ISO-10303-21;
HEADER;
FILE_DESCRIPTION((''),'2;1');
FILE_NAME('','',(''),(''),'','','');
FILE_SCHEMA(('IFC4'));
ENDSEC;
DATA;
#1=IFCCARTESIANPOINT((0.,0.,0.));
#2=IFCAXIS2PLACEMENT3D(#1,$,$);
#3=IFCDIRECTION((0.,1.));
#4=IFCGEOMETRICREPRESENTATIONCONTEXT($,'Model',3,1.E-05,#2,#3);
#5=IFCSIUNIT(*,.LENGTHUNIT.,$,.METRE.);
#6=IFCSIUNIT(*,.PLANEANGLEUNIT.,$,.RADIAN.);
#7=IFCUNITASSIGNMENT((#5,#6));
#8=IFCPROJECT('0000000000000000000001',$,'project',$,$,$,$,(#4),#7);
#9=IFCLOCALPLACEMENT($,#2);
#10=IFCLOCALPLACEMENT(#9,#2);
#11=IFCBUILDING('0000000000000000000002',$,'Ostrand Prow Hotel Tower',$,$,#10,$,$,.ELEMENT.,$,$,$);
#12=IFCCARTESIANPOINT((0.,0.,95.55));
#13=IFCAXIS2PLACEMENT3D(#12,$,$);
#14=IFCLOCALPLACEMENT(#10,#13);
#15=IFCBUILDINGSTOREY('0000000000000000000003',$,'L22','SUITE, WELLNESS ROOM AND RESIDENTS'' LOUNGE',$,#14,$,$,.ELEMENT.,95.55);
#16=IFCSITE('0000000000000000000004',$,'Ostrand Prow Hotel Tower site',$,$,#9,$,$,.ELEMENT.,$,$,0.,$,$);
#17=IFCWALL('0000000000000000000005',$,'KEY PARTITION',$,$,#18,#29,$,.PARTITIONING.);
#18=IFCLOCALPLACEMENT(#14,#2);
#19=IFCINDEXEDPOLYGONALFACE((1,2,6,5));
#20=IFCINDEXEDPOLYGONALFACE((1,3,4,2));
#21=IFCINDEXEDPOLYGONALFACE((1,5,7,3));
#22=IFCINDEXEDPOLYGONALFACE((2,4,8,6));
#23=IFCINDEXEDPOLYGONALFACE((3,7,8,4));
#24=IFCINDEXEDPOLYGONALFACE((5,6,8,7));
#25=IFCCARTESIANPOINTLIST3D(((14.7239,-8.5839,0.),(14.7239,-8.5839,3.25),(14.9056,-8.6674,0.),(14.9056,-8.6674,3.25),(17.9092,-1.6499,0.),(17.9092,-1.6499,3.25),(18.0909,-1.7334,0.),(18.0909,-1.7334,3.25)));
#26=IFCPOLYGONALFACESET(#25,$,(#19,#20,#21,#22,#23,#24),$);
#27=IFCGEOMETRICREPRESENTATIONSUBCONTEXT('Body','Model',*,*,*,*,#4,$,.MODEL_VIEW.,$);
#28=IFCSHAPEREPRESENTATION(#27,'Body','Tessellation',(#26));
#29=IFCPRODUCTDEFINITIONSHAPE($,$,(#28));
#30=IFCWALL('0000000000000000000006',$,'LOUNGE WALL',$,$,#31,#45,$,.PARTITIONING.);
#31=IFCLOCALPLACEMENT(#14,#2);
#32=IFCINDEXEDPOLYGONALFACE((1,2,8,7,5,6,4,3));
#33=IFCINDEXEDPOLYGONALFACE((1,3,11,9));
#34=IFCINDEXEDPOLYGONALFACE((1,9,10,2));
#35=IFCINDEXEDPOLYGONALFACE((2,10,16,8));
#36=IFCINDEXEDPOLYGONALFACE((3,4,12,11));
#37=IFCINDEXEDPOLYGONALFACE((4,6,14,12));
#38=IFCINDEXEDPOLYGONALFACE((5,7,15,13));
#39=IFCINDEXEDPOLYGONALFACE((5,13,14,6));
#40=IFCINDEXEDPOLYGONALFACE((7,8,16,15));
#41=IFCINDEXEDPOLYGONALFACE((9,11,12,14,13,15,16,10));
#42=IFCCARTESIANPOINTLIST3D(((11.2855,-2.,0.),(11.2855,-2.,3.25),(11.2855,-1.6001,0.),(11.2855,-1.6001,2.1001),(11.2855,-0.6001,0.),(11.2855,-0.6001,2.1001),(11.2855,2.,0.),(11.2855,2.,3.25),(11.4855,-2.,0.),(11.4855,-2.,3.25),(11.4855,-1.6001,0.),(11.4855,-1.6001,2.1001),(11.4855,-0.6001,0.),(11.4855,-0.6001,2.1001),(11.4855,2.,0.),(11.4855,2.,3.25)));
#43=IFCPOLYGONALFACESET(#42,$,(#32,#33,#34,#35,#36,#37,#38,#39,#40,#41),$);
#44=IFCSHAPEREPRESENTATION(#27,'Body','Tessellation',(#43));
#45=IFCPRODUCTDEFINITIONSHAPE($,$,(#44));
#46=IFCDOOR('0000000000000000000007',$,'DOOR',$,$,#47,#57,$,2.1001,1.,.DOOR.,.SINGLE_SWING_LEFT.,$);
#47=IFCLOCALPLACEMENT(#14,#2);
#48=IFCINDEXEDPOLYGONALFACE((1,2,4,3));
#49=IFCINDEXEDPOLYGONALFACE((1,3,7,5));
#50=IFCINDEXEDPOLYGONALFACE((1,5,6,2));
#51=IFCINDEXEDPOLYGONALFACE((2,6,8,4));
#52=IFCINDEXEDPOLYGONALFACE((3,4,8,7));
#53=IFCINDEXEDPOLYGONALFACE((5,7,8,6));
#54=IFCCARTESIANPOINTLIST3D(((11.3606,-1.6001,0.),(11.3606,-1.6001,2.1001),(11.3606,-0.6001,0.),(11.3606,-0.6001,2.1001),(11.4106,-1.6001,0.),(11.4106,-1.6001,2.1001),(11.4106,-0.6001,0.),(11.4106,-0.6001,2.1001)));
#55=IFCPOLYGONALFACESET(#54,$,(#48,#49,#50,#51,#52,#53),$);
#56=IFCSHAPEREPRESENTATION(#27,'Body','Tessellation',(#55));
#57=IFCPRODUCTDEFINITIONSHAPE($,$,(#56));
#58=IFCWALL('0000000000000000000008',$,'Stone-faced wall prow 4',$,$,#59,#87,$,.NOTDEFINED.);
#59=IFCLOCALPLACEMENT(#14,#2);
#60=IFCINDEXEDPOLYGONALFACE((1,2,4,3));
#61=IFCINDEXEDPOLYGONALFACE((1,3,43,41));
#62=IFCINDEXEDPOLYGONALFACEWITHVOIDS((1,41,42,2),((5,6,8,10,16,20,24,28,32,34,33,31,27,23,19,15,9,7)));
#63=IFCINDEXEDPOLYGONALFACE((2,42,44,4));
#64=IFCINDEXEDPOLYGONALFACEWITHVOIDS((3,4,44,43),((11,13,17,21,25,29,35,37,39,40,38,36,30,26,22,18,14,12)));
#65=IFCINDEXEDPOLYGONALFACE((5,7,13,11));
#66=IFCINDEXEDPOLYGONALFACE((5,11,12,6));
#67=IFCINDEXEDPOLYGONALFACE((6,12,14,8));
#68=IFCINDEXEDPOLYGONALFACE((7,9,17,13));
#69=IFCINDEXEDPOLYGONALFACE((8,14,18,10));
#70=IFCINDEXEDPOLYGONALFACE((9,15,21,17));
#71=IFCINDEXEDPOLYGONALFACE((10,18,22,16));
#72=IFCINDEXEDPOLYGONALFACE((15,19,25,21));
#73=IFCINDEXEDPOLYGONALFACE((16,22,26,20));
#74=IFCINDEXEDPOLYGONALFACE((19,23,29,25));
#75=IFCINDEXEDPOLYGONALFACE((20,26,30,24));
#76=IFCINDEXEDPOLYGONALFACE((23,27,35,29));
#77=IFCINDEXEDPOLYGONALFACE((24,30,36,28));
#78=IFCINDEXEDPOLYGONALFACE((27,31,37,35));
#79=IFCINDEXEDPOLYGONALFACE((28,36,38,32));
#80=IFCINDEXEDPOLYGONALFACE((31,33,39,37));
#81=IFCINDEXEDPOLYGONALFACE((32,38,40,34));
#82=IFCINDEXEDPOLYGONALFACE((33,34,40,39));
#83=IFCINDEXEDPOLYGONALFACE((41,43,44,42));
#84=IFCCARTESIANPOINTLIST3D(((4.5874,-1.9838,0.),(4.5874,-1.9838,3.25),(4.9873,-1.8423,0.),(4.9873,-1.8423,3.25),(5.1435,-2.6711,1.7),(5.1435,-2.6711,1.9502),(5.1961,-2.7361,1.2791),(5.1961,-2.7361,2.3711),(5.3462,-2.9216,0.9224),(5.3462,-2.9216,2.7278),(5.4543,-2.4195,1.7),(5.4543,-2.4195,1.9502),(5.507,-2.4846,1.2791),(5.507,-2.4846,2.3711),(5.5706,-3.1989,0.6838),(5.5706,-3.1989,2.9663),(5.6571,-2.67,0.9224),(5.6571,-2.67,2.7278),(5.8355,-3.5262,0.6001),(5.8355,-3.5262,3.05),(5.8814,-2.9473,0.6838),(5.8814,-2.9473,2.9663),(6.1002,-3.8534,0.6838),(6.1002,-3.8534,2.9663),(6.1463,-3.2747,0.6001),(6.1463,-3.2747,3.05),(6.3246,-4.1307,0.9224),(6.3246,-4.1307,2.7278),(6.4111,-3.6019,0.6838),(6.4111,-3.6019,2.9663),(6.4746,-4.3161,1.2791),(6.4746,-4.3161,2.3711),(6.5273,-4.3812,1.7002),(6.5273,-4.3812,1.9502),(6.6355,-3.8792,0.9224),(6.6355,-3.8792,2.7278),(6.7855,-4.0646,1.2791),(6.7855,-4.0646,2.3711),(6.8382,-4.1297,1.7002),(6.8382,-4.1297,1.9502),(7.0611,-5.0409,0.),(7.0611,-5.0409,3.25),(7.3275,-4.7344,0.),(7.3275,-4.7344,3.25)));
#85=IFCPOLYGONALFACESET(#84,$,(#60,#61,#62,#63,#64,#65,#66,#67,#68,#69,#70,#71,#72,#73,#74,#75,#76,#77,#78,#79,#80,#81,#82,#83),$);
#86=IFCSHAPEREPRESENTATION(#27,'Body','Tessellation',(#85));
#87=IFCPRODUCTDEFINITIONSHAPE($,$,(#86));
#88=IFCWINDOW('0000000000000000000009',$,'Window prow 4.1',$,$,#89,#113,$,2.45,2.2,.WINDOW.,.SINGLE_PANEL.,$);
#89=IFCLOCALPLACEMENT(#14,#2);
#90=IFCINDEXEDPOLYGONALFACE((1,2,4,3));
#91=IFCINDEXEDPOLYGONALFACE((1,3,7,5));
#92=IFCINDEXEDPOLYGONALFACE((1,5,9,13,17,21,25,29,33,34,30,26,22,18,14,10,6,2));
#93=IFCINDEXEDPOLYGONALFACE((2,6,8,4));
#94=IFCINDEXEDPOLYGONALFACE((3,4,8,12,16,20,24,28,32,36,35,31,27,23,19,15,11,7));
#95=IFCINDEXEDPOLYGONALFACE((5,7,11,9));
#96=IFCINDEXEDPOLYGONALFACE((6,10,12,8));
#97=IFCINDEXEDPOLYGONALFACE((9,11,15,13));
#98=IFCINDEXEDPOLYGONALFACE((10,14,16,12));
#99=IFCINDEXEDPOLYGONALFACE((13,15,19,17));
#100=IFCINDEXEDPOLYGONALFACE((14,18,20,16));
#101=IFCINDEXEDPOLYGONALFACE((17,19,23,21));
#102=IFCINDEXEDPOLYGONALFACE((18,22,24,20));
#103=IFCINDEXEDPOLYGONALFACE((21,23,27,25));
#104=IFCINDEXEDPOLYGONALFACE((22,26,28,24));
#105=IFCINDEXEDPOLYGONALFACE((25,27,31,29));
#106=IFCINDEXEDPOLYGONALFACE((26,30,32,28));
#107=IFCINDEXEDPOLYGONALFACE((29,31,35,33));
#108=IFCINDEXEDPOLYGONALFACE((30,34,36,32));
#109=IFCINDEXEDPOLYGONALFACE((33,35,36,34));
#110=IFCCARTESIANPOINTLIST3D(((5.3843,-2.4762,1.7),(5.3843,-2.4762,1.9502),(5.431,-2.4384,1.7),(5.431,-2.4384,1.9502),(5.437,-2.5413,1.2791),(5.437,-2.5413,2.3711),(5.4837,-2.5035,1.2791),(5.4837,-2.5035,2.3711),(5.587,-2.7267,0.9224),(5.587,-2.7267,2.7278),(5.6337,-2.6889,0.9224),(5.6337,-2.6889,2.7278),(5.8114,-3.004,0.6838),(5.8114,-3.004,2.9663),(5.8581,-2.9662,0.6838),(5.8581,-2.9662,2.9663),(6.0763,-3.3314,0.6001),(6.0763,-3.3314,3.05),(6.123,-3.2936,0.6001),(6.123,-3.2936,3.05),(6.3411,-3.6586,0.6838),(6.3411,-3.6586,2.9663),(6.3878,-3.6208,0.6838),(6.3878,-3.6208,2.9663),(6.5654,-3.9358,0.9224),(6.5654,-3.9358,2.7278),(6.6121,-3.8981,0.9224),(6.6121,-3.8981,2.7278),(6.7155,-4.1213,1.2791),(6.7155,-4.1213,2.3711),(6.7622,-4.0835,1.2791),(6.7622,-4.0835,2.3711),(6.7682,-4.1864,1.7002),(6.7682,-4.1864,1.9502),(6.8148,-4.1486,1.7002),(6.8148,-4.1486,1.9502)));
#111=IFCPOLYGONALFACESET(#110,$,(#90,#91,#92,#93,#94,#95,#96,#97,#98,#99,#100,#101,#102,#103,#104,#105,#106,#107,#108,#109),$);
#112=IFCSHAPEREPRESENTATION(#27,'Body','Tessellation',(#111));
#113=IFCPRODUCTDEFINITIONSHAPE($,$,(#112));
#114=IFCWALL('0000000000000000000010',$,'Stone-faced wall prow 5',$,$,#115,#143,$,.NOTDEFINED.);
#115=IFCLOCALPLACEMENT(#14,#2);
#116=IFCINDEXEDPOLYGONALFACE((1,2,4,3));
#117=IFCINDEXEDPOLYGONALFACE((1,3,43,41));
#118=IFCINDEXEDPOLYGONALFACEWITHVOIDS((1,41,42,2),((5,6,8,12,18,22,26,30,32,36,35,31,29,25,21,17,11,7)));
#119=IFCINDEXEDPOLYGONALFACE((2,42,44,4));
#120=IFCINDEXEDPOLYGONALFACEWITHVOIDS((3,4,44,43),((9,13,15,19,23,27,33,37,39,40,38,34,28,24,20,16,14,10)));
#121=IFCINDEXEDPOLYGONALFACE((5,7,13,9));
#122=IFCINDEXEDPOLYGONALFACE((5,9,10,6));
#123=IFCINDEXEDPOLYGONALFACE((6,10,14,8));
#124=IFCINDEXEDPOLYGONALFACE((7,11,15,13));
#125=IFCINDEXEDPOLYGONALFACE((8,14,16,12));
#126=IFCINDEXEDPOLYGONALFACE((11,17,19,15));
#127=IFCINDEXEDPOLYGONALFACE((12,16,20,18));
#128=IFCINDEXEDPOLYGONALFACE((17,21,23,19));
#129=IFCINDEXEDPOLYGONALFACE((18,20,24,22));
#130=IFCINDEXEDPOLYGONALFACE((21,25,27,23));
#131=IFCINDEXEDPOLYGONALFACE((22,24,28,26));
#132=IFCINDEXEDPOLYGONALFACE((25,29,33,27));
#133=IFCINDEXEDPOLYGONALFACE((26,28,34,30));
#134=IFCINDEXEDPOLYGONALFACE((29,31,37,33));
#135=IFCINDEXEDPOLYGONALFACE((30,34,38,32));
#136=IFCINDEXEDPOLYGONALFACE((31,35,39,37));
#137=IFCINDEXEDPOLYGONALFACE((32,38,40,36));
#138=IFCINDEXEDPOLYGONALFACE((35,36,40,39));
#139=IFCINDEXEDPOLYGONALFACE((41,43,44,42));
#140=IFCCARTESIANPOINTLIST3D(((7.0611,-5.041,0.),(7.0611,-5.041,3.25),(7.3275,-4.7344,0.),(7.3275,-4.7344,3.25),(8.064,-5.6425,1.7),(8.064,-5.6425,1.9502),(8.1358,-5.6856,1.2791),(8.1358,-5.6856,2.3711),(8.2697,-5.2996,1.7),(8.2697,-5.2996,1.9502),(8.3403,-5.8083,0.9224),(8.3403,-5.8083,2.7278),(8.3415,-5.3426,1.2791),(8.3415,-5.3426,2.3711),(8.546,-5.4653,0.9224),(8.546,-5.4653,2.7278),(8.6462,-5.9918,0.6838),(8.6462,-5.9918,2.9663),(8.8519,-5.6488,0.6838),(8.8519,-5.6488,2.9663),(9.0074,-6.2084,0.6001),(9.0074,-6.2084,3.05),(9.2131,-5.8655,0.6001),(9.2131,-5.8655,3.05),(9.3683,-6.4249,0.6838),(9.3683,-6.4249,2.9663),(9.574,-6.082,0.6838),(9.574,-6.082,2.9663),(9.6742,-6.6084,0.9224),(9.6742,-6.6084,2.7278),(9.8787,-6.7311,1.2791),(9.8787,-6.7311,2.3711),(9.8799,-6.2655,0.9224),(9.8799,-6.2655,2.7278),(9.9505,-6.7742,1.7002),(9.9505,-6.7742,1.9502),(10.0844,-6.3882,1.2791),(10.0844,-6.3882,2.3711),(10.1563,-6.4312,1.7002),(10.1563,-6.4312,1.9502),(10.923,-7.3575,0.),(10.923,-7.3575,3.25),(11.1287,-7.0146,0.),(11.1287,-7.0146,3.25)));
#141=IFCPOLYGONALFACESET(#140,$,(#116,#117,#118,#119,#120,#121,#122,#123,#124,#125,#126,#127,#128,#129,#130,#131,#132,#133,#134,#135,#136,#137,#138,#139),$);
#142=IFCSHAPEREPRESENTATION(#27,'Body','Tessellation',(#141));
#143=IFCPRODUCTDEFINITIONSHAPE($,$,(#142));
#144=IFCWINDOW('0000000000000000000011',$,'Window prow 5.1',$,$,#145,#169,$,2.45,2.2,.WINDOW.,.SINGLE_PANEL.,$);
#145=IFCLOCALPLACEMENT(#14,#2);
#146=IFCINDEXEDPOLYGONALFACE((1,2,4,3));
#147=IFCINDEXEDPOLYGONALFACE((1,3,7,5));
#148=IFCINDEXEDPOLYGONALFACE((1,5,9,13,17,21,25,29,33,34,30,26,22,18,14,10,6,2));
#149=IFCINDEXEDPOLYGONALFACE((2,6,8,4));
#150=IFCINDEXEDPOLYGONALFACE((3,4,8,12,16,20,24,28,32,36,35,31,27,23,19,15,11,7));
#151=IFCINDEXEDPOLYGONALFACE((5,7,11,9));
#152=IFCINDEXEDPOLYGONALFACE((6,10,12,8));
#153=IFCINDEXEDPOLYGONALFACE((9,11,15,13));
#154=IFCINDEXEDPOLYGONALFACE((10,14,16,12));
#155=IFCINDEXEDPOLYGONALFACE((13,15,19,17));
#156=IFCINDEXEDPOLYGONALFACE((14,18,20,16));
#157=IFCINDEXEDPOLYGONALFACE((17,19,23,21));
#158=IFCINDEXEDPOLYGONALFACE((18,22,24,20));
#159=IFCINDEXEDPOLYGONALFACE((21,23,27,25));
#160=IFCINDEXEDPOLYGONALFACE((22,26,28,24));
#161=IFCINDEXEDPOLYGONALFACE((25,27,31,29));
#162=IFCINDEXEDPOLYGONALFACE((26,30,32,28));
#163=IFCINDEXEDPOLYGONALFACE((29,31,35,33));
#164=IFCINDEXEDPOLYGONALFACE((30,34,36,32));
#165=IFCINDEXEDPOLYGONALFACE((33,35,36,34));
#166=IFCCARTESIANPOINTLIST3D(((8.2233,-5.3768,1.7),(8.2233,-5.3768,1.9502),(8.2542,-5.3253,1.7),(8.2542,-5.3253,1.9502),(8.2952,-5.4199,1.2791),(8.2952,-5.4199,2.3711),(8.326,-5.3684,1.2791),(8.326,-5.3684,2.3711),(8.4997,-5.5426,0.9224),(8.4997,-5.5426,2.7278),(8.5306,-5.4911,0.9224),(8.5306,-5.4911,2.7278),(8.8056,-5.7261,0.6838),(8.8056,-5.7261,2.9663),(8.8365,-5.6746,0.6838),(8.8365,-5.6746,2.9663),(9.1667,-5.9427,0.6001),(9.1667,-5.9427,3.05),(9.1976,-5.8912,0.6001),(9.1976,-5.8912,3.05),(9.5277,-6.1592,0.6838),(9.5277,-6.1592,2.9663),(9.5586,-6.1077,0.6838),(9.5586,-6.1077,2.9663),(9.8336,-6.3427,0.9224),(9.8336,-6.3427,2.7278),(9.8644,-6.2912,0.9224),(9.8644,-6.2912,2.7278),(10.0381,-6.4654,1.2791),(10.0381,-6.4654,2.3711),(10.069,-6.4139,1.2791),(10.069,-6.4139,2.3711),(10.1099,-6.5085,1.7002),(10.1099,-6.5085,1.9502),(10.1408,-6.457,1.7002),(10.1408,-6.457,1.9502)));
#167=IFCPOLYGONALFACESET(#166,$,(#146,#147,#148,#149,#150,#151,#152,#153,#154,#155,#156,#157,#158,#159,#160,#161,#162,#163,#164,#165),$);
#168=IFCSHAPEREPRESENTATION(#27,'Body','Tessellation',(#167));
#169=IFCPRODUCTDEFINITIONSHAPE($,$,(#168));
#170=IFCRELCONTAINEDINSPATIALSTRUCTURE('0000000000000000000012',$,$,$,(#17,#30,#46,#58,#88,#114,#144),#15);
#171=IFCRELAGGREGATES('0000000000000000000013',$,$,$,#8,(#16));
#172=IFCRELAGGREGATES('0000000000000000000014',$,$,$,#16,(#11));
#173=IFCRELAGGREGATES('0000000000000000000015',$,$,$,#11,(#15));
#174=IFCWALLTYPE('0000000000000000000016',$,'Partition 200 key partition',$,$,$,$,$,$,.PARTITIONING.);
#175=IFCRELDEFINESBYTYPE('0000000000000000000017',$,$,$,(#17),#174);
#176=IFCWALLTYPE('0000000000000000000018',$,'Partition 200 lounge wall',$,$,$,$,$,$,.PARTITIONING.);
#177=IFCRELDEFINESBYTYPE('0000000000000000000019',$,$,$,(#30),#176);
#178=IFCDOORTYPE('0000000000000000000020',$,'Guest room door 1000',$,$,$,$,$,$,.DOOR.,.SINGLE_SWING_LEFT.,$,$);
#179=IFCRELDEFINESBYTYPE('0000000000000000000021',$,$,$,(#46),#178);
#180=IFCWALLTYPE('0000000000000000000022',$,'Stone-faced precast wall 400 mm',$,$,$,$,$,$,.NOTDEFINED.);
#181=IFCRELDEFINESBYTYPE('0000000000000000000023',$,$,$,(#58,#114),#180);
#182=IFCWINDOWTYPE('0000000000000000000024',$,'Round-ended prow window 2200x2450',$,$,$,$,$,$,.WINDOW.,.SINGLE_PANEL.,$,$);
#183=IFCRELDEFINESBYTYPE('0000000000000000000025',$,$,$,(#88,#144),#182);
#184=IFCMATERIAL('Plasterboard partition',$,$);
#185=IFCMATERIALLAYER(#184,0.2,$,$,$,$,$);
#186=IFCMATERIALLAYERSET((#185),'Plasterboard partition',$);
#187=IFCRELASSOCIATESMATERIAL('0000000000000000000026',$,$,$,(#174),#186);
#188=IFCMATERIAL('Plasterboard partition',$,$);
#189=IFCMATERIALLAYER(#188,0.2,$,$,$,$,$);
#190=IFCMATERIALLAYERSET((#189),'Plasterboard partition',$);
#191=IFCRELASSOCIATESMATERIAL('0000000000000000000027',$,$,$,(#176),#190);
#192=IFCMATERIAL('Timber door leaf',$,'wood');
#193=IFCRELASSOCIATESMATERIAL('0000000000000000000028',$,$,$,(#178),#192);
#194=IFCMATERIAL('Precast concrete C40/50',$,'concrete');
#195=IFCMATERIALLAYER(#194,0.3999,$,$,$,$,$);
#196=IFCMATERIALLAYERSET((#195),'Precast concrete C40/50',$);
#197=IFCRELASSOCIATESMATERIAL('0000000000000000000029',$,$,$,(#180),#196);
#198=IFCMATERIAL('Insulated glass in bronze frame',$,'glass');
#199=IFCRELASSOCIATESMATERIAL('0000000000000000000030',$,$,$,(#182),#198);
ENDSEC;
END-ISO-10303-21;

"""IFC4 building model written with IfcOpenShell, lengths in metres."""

from ifc_helpers import new_model, si_unit, direction, frame, frame_2d, origin, place, context, subcontext, project, spatial, polyline, rectangle, outline, extrude, material, layer, layer_set, type_object, element, fill, save


model = new_model("IFC4")

# Units and contexts
model_context = context("Model", 3, precision=1e-05, world=origin(), true_north=direction((0.0, 1.0)))
body_context = subcontext(model_context, "Body", "Model", "MODEL_VIEW")
ifc_project = project(units=[si_unit("LENGTHUNIT", "METRE"), si_unit("PLANEANGLEUNIT", "RADIAN")], contexts=[model_context])

# Site, building, storey
site_placement = place(None, origin())
site = spatial("IfcSite", under=ifc_project, at=site_placement, Name="Ostrand Prow Hotel Tower site", CompositionType="ELEMENT", RefElevation=0.0)
building_placement = place(site_placement, origin())
building = spatial("IfcBuilding", under=site, at=building_placement, Name="Ostrand Prow Hotel Tower", CompositionType="ELEMENT")
storey_placement = place(building_placement, frame((0.0, 0.0, 95.55)))
storey = spatial("IfcBuildingStorey", under=building, at=storey_placement, Name="L22", Description="SUITE, WELLNESS ROOM AND RESIDENTS' LOUNGE", CompositionType="ELEMENT", Elevation=95.55)

# Wall
ifc_material_1 = material(Name="Plasterboard partition")
ifc_layer_1 = layer(ifc_material_1, 0.2)
ifc_layer_set_1 = layer_set([ifc_layer_1], Name="Plasterboard partition")
wall_type_1 = type_object("IfcWallType", Name="Partition 200 key partition", PredefinedType="PARTITIONING", material=ifc_layer_set_1)
wall_1_placement = place(storey_placement, frame((14.8147, -8.6257, 0.0), z_axis=(0.0, 0.0, 1.0), x_axis=(0.417432, 0.908708, 0.0)))
element("IfcWall", 1, at=wall_1_placement, inside=storey, type_object=wall_type_1, Name="KEY PARTITION", PredefinedType="PARTITIONING", context=body_context, shape_type="SweptSolid", body=[
    extrude(rectangle(XDim=7.6306, YDim=0.2, at=frame_2d((3.8154, 0.0))), origin(), (0.0, 0.0, 1.0), 3.25),
])

# Wall, opening, door
ifc_material_2 = material(Name="Plasterboard partition")
ifc_layer_2 = layer(ifc_material_2, 0.2)
ifc_layer_set_2 = layer_set([ifc_layer_2], Name="Plasterboard partition")
wall_type_2 = type_object("IfcWallType", Name="Partition 200 lounge wall", PredefinedType="PARTITIONING", material=ifc_layer_set_2)
wall_2_placement = place(storey_placement, frame((11.3855, -2.0, 0.0), z_axis=(0.0, 0.0, 1.0), x_axis=(0.0, 1.0, 0.0)))
wall_2 = element("IfcWall", 2, at=wall_2_placement, inside=storey, type_object=wall_type_2, Name="LOUNGE WALL", PredefinedType="PARTITIONING", context=body_context, shape_type="SweptSolid", body=[
    extrude(rectangle(XDim=4.0, YDim=0.2, at=frame_2d((2.0, 0.0))), origin(), (0.0, 0.0, 1.0), 3.25),
])
opening_1_placement = place(wall_2_placement, frame((0.3999, 0.0, 0.0)))
opening_1 = element("IfcOpeningElement", 3, at=opening_1_placement, cuts=wall_2, PredefinedType="OPENING", context=body_context, shape_type="SweptSolid", body=[
    extrude(rectangle(XDim=1.0, YDim=2.1001, at=frame_2d((0.5, 1.05))), frame((0.0, 0.1099, 0.0), z_axis=(0.0, -1.0, 0.0), x_axis=(1.0, 0.0, 0.0)), (0.0, 0.0, 1.0), 0.22),
])
ifc_material_3 = material(Name="Timber door leaf", Category="wood")
door_type_1 = type_object("IfcDoorType", Name="Guest room door 1000", OperationType="SINGLE_SWING_LEFT", PredefinedType="DOOR", material=ifc_material_3)
door_1_placement = place(opening_1_placement, origin())
door_1 = element("IfcDoor", 4, at=door_1_placement, inside=storey, type_object=door_type_1, Name="DOOR", OperationType="SINGLE_SWING_LEFT", OverallHeight=2.1001, OverallWidth=1.0, PredefinedType="DOOR", context=body_context, shape_type="SweptSolid", body=[
    extrude(rectangle(XDim=1.0, YDim=2.1001, at=frame_2d((0.5, 1.05))), frame((0.0, 0.0249, 0.0), z_axis=(0.0, -1.0, 0.0), x_axis=(1.0, 0.0, 0.0)), (0.0, 0.0, 1.0), 0.05),
])
fill(opening_1, door_1)

# Walls, openings, windows
ifc_material_4 = material(Name="Precast concrete C40/50", Category="concrete")
ifc_layer_3 = layer(ifc_material_4, 0.3999)
ifc_layer_set_3 = layer_set([ifc_layer_3], Name="Precast concrete C40/50")
wall_type_3 = type_object("IfcWallType", Name="Stone-faced precast wall 400 mm", PredefinedType="NOTDEFINED", material=ifc_layer_set_3)
wall_3_placement = place(storey_placement, frame((4.7874, -1.9131, 0.0), z_axis=(0.0, 0.0, 1.0), x_axis=(0.629035, -0.777377, 0.0)))
wall_3 = element("IfcWall", 5, at=wall_3_placement, inside=storey, type_object=wall_type_3, Name="Stone-faced wall prow 4", PredefinedType="NOTDEFINED", context=body_context, shape_type="SweptSolid", body=[
    extrude(outline(polyline([(-0.0708, -0.2), (3.8618, -0.2), (3.791, 0.2), (0.0708, 0.2), (-0.0708, -0.2)])), origin(), (0.0, 0.0, 1.0), 3.25),
])
opening_2_placement = place(wall_3_placement, frame((0.8132, 0.0, 0.6001)))
opening_2 = element("IfcOpeningElement", 6, at=opening_2_placement, cuts=wall_3, PredefinedType="OPENING", context=body_context, shape_type="SweptSolid", body=[
    extrude(outline(polyline([(0.0, 1.3501), (0.0837, 1.771), (0.3223, 2.1277), (0.679, 2.3662), (1.1001, 2.45), (1.521, 2.3662), (1.8777, 2.1277), (2.1162, 1.771), (2.2, 1.3501), (2.2, 1.1001), (2.1162, 0.679), (1.8777, 0.3223), (1.521, 0.0837), (1.1001, 0.0), (0.679, 0.0837), (0.3223, 0.3223), (0.0837, 0.679), (0.0, 1.0999), (0.0, 1.3501)])), frame((0.0, 0.21, 0.0), z_axis=(0.0, -1.0, 0.0), x_axis=(1.0, 0.0, 0.0)), (0.0, 0.0, 1.0), 0.4199),
])
ifc_material_5 = material(Name="Insulated glass in bronze frame", Category="glass")
window_type = type_object("IfcWindowType", Name="Round-ended prow window 2200x2450", PartitioningType="SINGLE_PANEL", PredefinedType="WINDOW", material=ifc_material_5)
window_1_placement = place(opening_2_placement, origin())
window_1 = element("IfcWindow", 7, at=window_1_placement, inside=storey, type_object=window_type, Name="Window prow 4.1", OverallHeight=2.45, OverallWidth=2.2, PartitioningType="SINGLE_PANEL", PredefinedType="WINDOW", context=body_context, shape_type="SweptSolid", body=[
    extrude(outline(polyline([(0.0, 1.3501), (0.0837, 1.771), (0.3223, 2.1277), (0.679, 2.3662), (1.1001, 2.45), (1.521, 2.3662), (1.8777, 2.1277), (2.1162, 1.771), (2.2, 1.3501), (2.2, 1.1001), (2.1162, 0.679), (1.8777, 0.3223), (1.521, 0.0837), (1.1001, 0.0), (0.679, 0.0837), (0.3223, 0.3223), (0.0837, 0.679), (0.0, 1.0999), (0.0, 1.3501)])), frame((0.0, 0.1699, 0.0), z_axis=(0.0, -1.0, 0.0), x_axis=(1.0, 0.0, 0.0)), (0.0, 0.0, 1.0), 0.0601),
])
fill(opening_2, window_1)
wall_4_placement = place(storey_placement, frame((7.1943, -4.8877, 0.0), z_axis=(0.0, 0.0, 1.0), x_axis=(0.857551, -0.514399, 0.0)))
wall_4 = element("IfcWall", 8, at=wall_4_placement, inside=storey, type_object=wall_type_3, Name="Stone-faced wall prow 5", PredefinedType="NOTDEFINED", context=body_context, shape_type="SweptSolid", body=[
    extrude(outline(polyline([(-0.0354, -0.2), (4.468, -0.2), (4.468, 0.2), (0.0354, 0.2), (-0.0354, -0.2)])), origin(), (0.0, 0.0, 1.0), 3.25),
])
opening_3_placement = place(wall_4_placement, frame((1.134, 0.0, 0.6001)))
opening_3 = element("IfcOpeningElement", 9, at=opening_3_placement, cuts=wall_4, PredefinedType="OPENING", context=body_context, shape_type="SweptSolid", body=[
    extrude(outline(polyline([(0.0, 1.3501), (0.0837, 1.771), (0.3223, 2.1277), (0.679, 2.3662), (1.1001, 2.45), (1.521, 2.3662), (1.8777, 2.1277), (2.1162, 1.771), (2.2, 1.3501), (2.2, 1.1001), (2.1162, 0.679), (1.8777, 0.3223), (1.521, 0.0837), (1.1001, 0.0), (0.679, 0.0837), (0.3223, 0.3223), (0.0837, 0.679), (0.0, 1.0999), (0.0, 1.3501)])), frame((0.0, 0.21, 0.0), z_axis=(0.0, -1.0, 0.0), x_axis=(1.0, 0.0, 0.0)), (0.0, 0.0, 1.0), 0.4199),
])
window_2_placement = place(opening_3_placement, origin())
window_2 = element("IfcWindow", 10, at=window_2_placement, inside=storey, type_object=window_type, Name="Window prow 5.1", OverallHeight=2.45, OverallWidth=2.2, PartitioningType="SINGLE_PANEL", PredefinedType="WINDOW", context=body_context, shape_type="SweptSolid", body=[
    extrude(outline(polyline([(0.0, 1.3501), (0.0837, 1.771), (0.3223, 2.1277), (0.679, 2.3662), (1.1001, 2.45), (1.521, 2.3662), (1.8777, 2.1277), (2.1162, 1.771), (2.2, 1.3501), (2.2, 1.1001), (2.1162, 0.679), (1.8777, 0.3223), (1.521, 0.0837), (1.1001, 0.0), (0.679, 0.0837), (0.3223, 0.3223), (0.0837, 0.679), (0.0, 1.0999), (0.0, 1.3501)])), frame((0.0, 0.1699, 0.0), z_axis=(0.0, -1.0, 0.0), x_axis=(1.0, 0.0, 0.0)), (0.0, 0.0, 1.0), 0.0601),
])
fill(opening_3, window_2)

save(model, "model.ifc")
